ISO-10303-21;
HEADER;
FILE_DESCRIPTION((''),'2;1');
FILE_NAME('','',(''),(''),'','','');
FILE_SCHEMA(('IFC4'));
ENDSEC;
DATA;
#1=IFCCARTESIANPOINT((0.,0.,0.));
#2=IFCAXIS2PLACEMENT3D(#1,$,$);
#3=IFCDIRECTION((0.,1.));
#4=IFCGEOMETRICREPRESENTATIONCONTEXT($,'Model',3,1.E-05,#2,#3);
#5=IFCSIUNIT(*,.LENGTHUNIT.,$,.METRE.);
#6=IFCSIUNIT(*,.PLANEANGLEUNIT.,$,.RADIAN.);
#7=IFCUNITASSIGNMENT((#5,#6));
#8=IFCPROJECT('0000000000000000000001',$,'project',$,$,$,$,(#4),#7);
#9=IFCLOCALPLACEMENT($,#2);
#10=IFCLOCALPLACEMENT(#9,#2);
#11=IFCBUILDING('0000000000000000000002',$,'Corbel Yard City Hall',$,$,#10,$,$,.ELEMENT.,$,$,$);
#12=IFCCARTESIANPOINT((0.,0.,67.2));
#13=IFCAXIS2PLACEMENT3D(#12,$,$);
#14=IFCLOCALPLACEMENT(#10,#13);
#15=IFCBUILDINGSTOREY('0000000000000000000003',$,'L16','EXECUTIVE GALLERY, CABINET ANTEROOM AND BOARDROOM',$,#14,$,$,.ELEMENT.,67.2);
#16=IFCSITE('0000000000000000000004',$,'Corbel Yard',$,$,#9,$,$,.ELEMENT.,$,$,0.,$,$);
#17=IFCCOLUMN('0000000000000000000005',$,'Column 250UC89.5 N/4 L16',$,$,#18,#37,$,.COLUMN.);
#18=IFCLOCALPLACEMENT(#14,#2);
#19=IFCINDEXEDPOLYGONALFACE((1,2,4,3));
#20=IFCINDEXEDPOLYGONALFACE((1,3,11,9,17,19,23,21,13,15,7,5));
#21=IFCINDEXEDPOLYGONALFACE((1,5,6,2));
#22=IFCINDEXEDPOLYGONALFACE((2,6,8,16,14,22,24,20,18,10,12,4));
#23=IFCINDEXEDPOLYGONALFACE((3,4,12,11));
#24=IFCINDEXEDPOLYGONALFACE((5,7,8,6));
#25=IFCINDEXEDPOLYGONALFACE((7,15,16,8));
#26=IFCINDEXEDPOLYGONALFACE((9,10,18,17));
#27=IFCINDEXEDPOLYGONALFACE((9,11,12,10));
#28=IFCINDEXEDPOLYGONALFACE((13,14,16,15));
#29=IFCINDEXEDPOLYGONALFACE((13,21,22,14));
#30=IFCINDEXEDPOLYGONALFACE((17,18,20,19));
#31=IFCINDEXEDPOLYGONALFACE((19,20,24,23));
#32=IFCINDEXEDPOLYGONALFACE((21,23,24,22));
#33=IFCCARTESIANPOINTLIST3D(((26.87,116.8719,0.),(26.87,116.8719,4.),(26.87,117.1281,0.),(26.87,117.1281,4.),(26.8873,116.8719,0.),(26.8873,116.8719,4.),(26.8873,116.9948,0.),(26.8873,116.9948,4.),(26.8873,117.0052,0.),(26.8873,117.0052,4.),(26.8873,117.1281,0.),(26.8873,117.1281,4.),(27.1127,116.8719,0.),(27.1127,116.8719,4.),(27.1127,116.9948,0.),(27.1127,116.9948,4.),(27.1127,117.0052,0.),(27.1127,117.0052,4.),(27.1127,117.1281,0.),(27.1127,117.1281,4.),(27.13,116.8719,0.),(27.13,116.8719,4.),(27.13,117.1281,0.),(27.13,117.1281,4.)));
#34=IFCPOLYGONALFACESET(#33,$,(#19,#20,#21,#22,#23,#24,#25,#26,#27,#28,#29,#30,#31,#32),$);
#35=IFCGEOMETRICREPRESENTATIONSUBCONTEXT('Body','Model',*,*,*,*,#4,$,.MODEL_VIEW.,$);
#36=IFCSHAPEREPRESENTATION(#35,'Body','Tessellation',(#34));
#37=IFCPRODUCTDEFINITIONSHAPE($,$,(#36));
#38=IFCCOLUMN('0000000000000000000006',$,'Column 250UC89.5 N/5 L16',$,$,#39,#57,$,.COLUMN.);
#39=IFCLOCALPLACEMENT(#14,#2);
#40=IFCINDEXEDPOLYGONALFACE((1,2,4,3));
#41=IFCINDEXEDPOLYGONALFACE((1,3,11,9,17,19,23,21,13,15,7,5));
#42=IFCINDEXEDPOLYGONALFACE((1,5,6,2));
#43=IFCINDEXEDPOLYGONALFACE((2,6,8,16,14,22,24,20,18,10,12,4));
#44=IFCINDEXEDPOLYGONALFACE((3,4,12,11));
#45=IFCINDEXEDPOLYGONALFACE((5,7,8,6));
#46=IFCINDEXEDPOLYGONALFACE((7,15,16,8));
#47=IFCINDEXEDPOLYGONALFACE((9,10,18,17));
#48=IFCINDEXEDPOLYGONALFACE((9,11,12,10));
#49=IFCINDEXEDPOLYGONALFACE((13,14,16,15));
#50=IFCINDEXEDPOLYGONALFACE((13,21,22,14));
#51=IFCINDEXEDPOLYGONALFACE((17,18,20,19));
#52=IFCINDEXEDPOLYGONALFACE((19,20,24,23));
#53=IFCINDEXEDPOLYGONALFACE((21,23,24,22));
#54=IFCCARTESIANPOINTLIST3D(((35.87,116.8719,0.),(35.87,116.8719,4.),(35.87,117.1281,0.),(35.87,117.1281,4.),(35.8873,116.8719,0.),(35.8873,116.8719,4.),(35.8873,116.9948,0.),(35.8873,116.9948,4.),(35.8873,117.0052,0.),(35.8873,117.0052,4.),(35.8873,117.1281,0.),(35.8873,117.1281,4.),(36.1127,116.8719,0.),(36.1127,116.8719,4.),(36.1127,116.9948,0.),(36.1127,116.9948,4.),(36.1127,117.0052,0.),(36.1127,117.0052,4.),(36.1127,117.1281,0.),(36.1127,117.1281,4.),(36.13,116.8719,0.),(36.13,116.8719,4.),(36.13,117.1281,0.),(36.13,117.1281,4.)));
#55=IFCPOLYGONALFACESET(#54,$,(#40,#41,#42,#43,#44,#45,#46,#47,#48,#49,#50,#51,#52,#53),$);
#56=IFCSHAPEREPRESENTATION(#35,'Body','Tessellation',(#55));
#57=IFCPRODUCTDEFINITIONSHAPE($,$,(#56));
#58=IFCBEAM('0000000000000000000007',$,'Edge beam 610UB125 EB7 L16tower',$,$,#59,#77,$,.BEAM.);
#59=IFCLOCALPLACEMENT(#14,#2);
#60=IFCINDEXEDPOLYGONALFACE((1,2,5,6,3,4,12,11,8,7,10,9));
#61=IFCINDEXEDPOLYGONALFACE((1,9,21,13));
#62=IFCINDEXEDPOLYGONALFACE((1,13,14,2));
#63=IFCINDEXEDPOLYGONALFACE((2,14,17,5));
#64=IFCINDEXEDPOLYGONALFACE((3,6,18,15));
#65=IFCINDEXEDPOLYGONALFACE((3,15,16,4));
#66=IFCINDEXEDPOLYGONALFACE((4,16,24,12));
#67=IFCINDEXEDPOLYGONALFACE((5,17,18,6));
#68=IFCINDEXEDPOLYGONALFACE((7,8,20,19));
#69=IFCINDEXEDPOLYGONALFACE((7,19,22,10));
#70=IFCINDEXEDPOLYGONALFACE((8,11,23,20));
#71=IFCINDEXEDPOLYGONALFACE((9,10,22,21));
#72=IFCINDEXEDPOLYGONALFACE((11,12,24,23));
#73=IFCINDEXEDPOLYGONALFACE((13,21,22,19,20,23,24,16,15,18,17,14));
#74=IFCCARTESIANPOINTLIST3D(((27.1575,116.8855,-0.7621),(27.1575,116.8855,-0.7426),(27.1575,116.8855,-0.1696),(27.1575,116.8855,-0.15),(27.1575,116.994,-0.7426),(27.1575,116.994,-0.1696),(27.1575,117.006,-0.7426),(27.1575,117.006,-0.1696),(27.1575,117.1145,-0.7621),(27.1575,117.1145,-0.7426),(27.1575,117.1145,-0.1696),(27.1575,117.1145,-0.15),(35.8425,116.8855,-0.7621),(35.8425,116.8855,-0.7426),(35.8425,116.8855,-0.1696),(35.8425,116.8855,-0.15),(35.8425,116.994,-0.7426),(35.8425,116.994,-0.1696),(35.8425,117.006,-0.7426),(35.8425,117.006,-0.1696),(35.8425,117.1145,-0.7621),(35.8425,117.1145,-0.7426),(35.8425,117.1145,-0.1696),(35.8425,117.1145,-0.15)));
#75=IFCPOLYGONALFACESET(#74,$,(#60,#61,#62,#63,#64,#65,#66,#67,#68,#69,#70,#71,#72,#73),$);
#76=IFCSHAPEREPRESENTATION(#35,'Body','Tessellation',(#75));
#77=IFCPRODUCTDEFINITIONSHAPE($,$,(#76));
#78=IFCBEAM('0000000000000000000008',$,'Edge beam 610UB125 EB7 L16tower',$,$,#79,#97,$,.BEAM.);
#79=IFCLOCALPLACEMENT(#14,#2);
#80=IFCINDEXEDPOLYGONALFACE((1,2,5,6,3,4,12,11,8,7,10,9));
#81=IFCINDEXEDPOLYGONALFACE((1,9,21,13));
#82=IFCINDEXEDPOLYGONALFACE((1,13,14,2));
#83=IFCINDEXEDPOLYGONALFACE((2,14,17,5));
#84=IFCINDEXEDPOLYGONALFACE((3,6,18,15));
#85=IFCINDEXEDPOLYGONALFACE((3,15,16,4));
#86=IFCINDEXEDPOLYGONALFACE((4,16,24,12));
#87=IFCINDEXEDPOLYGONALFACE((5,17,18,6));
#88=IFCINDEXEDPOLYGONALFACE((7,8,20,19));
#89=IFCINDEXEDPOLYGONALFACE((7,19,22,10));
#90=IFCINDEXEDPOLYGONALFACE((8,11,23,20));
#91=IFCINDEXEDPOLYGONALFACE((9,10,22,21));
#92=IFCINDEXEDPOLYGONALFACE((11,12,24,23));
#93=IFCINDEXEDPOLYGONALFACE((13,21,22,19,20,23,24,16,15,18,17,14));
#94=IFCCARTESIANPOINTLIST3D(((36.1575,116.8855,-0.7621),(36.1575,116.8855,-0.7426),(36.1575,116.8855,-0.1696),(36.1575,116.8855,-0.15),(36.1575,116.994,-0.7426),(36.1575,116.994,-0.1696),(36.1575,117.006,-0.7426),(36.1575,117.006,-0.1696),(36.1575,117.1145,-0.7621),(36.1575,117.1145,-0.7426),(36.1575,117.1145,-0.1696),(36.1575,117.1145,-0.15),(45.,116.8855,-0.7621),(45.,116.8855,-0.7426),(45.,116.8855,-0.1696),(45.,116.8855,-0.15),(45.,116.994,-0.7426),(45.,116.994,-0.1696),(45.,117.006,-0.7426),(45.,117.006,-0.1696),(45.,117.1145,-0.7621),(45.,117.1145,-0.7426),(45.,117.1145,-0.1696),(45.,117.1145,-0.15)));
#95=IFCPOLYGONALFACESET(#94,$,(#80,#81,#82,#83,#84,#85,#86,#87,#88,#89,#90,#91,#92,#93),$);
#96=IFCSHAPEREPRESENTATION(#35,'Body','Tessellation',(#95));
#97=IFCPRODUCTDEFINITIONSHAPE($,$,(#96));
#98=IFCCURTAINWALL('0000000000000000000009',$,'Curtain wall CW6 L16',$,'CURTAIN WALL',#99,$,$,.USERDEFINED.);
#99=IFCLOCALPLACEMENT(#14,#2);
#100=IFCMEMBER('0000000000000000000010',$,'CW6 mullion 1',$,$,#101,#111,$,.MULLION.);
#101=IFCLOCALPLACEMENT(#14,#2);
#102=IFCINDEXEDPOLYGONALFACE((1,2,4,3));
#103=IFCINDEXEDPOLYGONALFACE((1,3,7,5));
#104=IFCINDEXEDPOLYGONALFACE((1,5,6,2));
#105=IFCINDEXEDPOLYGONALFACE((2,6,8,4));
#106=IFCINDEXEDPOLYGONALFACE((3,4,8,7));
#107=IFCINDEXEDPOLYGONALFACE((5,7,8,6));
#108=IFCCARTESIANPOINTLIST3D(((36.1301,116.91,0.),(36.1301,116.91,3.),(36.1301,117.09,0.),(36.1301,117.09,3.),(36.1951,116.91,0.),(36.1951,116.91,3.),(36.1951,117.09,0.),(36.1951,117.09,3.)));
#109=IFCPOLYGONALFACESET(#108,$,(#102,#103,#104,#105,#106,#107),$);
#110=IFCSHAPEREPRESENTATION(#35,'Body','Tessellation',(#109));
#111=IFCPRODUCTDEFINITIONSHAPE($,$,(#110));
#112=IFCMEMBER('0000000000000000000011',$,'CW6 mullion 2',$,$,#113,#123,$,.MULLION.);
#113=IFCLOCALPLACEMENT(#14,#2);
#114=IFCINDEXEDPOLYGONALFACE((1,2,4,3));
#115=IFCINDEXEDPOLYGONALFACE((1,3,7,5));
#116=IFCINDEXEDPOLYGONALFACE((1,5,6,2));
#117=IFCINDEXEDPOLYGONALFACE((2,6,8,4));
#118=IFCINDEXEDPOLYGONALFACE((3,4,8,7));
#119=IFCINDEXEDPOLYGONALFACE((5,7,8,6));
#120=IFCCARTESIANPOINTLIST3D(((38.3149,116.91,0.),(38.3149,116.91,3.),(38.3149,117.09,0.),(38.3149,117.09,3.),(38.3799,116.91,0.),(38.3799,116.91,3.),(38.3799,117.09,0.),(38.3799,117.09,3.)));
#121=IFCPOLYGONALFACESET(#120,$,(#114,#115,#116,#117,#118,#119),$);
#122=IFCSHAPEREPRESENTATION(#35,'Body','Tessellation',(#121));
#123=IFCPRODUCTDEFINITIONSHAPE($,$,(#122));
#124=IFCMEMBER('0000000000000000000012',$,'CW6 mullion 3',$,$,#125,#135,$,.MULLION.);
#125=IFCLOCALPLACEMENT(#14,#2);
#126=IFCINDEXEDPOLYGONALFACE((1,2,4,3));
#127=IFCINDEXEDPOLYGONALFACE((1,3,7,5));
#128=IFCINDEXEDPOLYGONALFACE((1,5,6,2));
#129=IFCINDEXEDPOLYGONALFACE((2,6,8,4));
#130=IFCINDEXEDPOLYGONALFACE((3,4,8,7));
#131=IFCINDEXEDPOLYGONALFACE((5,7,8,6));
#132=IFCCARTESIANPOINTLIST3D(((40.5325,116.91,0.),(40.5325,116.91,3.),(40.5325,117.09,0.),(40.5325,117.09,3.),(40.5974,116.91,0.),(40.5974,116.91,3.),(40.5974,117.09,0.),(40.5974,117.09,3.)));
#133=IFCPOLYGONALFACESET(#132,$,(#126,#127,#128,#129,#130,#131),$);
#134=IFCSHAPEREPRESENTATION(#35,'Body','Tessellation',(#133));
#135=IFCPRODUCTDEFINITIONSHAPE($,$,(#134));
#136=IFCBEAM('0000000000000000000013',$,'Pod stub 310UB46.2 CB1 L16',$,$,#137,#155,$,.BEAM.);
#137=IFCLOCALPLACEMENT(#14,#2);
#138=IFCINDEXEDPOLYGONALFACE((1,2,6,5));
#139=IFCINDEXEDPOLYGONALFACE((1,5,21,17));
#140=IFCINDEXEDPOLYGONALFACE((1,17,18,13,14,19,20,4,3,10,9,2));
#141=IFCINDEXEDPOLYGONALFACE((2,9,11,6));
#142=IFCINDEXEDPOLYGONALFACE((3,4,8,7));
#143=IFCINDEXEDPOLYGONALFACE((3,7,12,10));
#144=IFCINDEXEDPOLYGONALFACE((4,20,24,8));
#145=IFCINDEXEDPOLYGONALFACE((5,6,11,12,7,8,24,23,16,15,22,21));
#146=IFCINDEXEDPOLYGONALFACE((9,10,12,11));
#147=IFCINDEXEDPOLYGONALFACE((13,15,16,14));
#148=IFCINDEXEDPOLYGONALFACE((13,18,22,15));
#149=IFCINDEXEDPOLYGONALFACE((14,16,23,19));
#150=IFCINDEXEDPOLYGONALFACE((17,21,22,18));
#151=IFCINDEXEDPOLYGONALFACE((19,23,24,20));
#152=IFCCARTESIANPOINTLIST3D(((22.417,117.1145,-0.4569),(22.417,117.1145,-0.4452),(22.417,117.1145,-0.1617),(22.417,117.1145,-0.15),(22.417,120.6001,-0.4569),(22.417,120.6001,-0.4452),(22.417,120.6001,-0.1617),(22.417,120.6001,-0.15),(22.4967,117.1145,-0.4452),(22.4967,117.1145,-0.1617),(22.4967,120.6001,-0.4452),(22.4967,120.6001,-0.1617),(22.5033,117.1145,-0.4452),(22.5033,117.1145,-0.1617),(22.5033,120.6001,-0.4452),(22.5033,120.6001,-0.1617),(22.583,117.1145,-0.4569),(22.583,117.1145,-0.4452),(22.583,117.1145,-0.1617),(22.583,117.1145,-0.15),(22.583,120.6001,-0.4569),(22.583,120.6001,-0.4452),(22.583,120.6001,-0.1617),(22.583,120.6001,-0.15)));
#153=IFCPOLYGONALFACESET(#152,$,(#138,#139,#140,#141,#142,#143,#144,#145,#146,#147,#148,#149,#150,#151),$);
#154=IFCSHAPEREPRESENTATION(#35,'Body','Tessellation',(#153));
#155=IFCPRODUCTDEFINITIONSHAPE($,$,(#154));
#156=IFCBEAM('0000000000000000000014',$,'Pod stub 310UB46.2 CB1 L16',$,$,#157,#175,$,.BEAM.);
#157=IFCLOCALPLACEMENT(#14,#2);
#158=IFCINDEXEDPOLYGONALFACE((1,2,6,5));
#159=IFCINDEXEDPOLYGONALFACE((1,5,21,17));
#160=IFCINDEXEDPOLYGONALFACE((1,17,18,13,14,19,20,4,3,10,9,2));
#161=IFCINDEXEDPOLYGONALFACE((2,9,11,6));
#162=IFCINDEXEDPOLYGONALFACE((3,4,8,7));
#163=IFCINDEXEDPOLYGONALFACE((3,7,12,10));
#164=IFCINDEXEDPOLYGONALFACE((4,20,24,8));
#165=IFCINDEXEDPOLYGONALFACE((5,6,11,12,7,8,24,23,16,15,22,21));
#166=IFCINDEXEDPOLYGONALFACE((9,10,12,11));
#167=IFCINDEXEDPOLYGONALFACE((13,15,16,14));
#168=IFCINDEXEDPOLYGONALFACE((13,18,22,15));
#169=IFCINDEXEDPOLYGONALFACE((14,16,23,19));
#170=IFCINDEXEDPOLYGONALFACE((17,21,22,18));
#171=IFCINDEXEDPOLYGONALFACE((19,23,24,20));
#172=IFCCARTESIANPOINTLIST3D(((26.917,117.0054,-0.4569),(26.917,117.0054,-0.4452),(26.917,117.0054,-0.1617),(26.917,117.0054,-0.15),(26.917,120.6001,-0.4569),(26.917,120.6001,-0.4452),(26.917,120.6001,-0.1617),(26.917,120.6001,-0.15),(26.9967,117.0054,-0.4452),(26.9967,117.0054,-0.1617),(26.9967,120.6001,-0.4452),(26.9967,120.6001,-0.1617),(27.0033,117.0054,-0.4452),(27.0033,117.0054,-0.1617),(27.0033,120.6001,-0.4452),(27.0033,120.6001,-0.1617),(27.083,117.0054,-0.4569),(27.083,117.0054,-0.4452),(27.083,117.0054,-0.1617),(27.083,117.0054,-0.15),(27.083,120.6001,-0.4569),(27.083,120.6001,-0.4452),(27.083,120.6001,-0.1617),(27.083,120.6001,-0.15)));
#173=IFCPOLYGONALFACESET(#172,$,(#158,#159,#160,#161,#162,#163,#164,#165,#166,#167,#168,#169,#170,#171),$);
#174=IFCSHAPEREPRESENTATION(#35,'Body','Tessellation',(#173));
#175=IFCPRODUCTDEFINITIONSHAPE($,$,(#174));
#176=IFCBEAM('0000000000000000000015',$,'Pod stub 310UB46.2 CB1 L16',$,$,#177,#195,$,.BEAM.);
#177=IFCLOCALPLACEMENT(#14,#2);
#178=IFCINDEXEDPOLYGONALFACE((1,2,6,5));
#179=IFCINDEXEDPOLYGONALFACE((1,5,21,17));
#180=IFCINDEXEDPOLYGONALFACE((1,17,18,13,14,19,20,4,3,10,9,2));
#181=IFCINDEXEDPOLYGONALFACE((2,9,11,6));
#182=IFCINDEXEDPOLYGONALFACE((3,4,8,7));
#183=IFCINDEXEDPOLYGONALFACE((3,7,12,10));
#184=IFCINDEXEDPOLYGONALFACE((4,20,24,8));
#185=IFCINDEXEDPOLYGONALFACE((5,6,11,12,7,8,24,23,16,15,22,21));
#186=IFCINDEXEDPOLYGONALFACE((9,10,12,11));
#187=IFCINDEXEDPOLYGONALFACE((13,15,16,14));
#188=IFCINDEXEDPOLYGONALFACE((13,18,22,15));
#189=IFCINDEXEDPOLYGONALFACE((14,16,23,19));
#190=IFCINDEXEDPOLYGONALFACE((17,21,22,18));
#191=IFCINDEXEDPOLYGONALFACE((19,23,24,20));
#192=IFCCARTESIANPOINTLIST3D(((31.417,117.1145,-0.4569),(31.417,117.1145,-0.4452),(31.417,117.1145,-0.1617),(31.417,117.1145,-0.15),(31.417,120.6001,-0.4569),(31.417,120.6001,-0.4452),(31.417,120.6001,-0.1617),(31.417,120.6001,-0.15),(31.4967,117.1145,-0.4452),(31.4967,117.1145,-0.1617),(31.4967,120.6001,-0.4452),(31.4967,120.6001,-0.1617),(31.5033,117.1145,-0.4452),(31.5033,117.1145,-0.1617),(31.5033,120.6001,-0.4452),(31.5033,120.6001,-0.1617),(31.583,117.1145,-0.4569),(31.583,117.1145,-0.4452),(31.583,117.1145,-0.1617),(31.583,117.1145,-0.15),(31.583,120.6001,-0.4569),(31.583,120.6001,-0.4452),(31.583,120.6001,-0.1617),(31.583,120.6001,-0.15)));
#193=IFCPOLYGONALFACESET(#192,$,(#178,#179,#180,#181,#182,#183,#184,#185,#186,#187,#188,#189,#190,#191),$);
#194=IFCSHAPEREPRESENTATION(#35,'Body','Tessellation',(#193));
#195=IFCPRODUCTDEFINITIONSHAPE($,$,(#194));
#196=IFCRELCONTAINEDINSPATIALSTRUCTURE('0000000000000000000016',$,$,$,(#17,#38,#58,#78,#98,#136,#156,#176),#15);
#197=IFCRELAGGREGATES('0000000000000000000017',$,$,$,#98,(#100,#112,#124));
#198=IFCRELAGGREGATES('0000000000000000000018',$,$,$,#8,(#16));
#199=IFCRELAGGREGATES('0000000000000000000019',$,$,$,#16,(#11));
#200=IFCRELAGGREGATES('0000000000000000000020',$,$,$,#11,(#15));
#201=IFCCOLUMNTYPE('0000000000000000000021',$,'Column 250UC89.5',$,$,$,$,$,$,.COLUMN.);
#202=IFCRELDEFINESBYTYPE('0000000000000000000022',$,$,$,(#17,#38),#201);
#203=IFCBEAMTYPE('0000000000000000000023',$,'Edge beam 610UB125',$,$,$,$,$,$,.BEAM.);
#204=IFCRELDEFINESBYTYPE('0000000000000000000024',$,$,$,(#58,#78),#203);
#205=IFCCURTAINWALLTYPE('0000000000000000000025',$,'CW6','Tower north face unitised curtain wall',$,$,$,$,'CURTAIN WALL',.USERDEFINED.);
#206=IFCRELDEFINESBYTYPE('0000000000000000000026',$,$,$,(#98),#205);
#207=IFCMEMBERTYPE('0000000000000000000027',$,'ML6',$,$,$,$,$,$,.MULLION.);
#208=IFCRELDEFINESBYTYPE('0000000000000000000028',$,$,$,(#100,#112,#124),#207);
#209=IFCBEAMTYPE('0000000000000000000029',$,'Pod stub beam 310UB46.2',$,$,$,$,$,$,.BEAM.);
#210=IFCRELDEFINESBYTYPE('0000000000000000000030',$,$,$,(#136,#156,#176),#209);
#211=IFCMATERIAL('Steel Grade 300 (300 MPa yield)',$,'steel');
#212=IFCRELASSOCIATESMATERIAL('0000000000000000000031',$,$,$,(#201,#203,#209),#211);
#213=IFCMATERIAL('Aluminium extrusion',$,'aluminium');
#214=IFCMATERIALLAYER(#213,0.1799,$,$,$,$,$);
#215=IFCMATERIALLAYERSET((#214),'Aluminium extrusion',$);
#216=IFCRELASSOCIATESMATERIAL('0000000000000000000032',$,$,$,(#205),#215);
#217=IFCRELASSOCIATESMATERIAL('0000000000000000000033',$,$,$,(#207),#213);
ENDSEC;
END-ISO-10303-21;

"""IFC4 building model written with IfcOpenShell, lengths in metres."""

from ifc_helpers import new_model, si_unit, direction, frame, origin, origin_2d, place, context, subcontext, project, spatial, rectangle, i_section, extrude, material, layer, layer_set, material_profile, profile_set, type_object, element, aggregate, save


model = new_model("IFC4")

# Units and contexts
model_context = context("Model", 3, precision=1e-05, world=origin(), true_north=direction((0.0, 1.0)))
body_context = subcontext(model_context, "Body", "Model", "MODEL_VIEW")
ifc_project = project(units=[si_unit("LENGTHUNIT", "METRE"), si_unit("PLANEANGLEUNIT", "RADIAN")], contexts=[model_context])

# Site, building, storey
site_placement = place(None, origin())
site = spatial("IfcSite", under=ifc_project, at=site_placement, Name="Corbel Yard", CompositionType="ELEMENT", RefElevation=0.0)
building_placement = place(site_placement, origin())
building = spatial("IfcBuilding", under=site, at=building_placement, Name="Corbel Yard City Hall", CompositionType="ELEMENT")
storey_placement = place(building_placement, frame((0.0, 0.0, 67.2)))
storey = spatial("IfcBuildingStorey", under=building, at=storey_placement, Name="L16", Description="EXECUTIVE GALLERY, CABINET ANTEROOM AND BOARDROOM", CompositionType="ELEMENT", Elevation=67.2)

# Columns
ifc_material_1 = material(Name="Steel Grade 300 (300 MPa yield)", Category="steel")
ifc_material_profile_1 = material_profile(ifc_material_1, i_section(OverallWidth=0.2561, OverallDepth=0.26, WebThickness=0.0105, FlangeThickness=0.0173, at=origin_2d()), Name="250UC89.5")
ifc_profile_set_1 = profile_set([ifc_material_profile_1], Name="Steel Grade 300 (300 MPa yield)")
column_type = type_object("IfcColumnType", Name="Column 250UC89.5", PredefinedType="COLUMN", material=ifc_profile_set_1)
for number, where, z_axis, x_axis, name in (
    (1, (27.0, 117.0, 0.0), (0.0, 0.0, 1.0), (0.0, 1.0, 0.0), "Column 250UC89.5 N/4 L16"),
    (2, (36.0, 117.0, 0.0), (0.0, 0.0, 1.0), (0.0, 1.0, 0.0), "Column 250UC89.5 N/5 L16"),
):
    element("IfcColumn", number, at=place(storey_placement, frame(where, z_axis=z_axis, x_axis=x_axis)), inside=storey, type_object=column_type, Name=name, PredefinedType="COLUMN", context=body_context, shape_type="SweptSolid", body=[
        extrude(i_section(OverallWidth=0.2561, OverallDepth=0.26, WebThickness=0.0105, FlangeThickness=0.0173, at=origin_2d()), origin(), (0.0, 0.0, 1.0), 4.0),
    ])

# Beams
ifc_material_profile_2 = material_profile(ifc_material_1, i_section(OverallWidth=0.229, OverallDepth=0.6121, WebThickness=0.012, FlangeThickness=0.0195, at=origin_2d()), Name="610UB125")
ifc_profile_set_2 = profile_set([ifc_material_profile_2], Name="Steel Grade 300 (300 MPa yield)")
beam_type_1 = type_object("IfcBeamType", Name="Edge beam 610UB125", PredefinedType="BEAM", material=ifc_profile_set_2)
beam_1_placement = place(storey_placement, frame((27.1575, 117.0, -0.4561), z_axis=(1.0, 0.0, 0.0), x_axis=(0.0, 1.0, 0.0)))
element("IfcBeam", 3, at=beam_1_placement, inside=storey, type_object=beam_type_1, Name="Edge beam 610UB125 EB7 L16tower", PredefinedType="BEAM", context=body_context, shape_type="SweptSolid", body=[
    extrude(i_section(OverallWidth=0.229, OverallDepth=0.6121, WebThickness=0.012, FlangeThickness=0.0195, at=origin_2d()), origin(), (0.0, 0.0, 1.0), 8.6851),
])
beam_2_placement = place(storey_placement, frame((36.1575, 117.0, -0.4561), z_axis=(1.0, 0.0, 0.0), x_axis=(0.0, 1.0, 0.0)))
element("IfcBeam", 4, at=beam_2_placement, inside=storey, type_object=beam_type_1, Name="Edge beam 610UB125 EB7 L16tower", PredefinedType="BEAM", context=body_context, shape_type="SweptSolid", body=[
    extrude(i_section(OverallWidth=0.229, OverallDepth=0.6121, WebThickness=0.012, FlangeThickness=0.0195, at=origin_2d()), origin(), (0.0, 0.0, 1.0), 8.8425),
])

# Curtain wall, members
ifc_material_2 = material(Name="Aluminium extrusion", Category="aluminium")
ifc_layer_1 = layer(ifc_material_2, 0.1799)
ifc_layer_set_1 = layer_set([ifc_layer_1], Name="Aluminium extrusion")
curtain_wall_type = type_object("IfcCurtainWallType", Name="CW6", Description="Tower north face unitised curtain wall", ElementType="CURTAIN WALL", PredefinedType="USERDEFINED", material=ifc_layer_set_1)
curtain_wall_placement = place(storey_placement, origin())
curtain_wall = element("IfcCurtainWall", 5, at=curtain_wall_placement, inside=storey, type_object=curtain_wall_type, Name="Curtain wall CW6 L16", ObjectType="CURTAIN WALL", PredefinedType="USERDEFINED")
ifc_material_profile_3 = material_profile(ifc_material_2, rectangle(XDim=0.1799, YDim=0.0649, at=origin_2d()), Name="180x65")
ifc_profile_set_3 = profile_set([ifc_material_profile_3], Name="Aluminium extrusion")
member_type_1 = type_object("IfcMemberType", Name="ML6", PredefinedType="MULLION", material=ifc_profile_set_3)
member_1_placement = place(storey_placement, frame((36.1626, 117.0, 0.0), z_axis=(0.0, 0.0, 1.0), x_axis=(0.0, 1.0, 0.0)))
member_1 = element("IfcMember", 6, at=member_1_placement, type_object=member_type_1, Name="CW6 mullion 1", PredefinedType="MULLION", context=body_context, shape_type="SweptSolid", body=[
    extrude(rectangle(XDim=0.1799, YDim=0.0649, at=origin_2d()), origin(), (0.0, 0.0, 1.0), 3.0),
])
member_2_placement = place(storey_placement, frame((38.3474, 117.0, 0.0), z_axis=(0.0, 0.0, 1.0), x_axis=(0.0, 1.0, 0.0)))
member_2 = element("IfcMember", 7, at=member_2_placement, type_object=member_type_1, Name="CW6 mullion 2", PredefinedType="MULLION", context=body_context, shape_type="SweptSolid", body=[
    extrude(rectangle(XDim=0.1799, YDim=0.0649, at=origin_2d()), origin(), (0.0, 0.0, 1.0), 3.0),
])
member_3_placement = place(storey_placement, frame((40.5649, 117.0, 0.0), z_axis=(0.0, 0.0, 1.0), x_axis=(0.0, 1.0, 0.0)))
member_3 = element("IfcMember", 8, at=member_3_placement, type_object=member_type_1, Name="CW6 mullion 3", PredefinedType="MULLION", context=body_context, shape_type="SweptSolid", body=[
    extrude(rectangle(XDim=0.1799, YDim=0.0649, at=origin_2d()), origin(), (0.0, 0.0, 1.0), 3.0),
])

# Beams
ifc_material_profile_4 = material_profile(ifc_material_1, i_section(OverallWidth=0.166, OverallDepth=0.3069, WebThickness=0.0066, FlangeThickness=0.0117, at=origin_2d()), Name="310UB46.2")
ifc_profile_set_4 = profile_set([ifc_material_profile_4], Name="Steel Grade 300 (300 MPa yield)")
beam_type_2 = type_object("IfcBeamType", Name="Pod stub beam 310UB46.2", PredefinedType="BEAM", material=ifc_profile_set_4)
beam_3_placement = place(storey_placement, frame((22.5, 117.1145, -0.3035), z_axis=(0.0, 1.0, 0.0), x_axis=(-1.0, 0.0, 0.0)))
element("IfcBeam", 9, at=beam_3_placement, inside=storey, type_object=beam_type_2, Name="Pod stub 310UB46.2 CB1 L16", PredefinedType="BEAM", context=body_context, shape_type="SweptSolid", body=[
    extrude(i_section(OverallWidth=0.166, OverallDepth=0.3069, WebThickness=0.0066, FlangeThickness=0.0117, at=origin_2d()), origin(), (0.0, 0.0, 1.0), 3.4856),
])
beam_4_placement = place(storey_placement, frame((27.0, 117.0054, -0.3035), z_axis=(0.0, 1.0, 0.0), x_axis=(-1.0, 0.0, 0.0)))
element("IfcBeam", 10, at=beam_4_placement, inside=storey, type_object=beam_type_2, Name="Pod stub 310UB46.2 CB1 L16", PredefinedType="BEAM", context=body_context, shape_type="SweptSolid", body=[
    extrude(i_section(OverallWidth=0.166, OverallDepth=0.3069, WebThickness=0.0066, FlangeThickness=0.0117, at=origin_2d()), origin(), (0.0, 0.0, 1.0), 3.5947),
])
beam_5_placement = place(storey_placement, frame((31.5, 117.1145, -0.3035), z_axis=(0.0, 1.0, 0.0), x_axis=(-1.0, 0.0, 0.0)))
element("IfcBeam", 11, at=beam_5_placement, inside=storey, type_object=beam_type_2, Name="Pod stub 310UB46.2 CB1 L16", PredefinedType="BEAM", context=body_context, shape_type="SweptSolid", body=[
    extrude(i_section(OverallWidth=0.166, OverallDepth=0.3069, WebThickness=0.0066, FlangeThickness=0.0117, at=origin_2d()), origin(), (0.0, 0.0, 1.0), 3.4856),
])

aggregate(curtain_wall, [member_1, member_2, member_3])

save(model, "model.ifc")
